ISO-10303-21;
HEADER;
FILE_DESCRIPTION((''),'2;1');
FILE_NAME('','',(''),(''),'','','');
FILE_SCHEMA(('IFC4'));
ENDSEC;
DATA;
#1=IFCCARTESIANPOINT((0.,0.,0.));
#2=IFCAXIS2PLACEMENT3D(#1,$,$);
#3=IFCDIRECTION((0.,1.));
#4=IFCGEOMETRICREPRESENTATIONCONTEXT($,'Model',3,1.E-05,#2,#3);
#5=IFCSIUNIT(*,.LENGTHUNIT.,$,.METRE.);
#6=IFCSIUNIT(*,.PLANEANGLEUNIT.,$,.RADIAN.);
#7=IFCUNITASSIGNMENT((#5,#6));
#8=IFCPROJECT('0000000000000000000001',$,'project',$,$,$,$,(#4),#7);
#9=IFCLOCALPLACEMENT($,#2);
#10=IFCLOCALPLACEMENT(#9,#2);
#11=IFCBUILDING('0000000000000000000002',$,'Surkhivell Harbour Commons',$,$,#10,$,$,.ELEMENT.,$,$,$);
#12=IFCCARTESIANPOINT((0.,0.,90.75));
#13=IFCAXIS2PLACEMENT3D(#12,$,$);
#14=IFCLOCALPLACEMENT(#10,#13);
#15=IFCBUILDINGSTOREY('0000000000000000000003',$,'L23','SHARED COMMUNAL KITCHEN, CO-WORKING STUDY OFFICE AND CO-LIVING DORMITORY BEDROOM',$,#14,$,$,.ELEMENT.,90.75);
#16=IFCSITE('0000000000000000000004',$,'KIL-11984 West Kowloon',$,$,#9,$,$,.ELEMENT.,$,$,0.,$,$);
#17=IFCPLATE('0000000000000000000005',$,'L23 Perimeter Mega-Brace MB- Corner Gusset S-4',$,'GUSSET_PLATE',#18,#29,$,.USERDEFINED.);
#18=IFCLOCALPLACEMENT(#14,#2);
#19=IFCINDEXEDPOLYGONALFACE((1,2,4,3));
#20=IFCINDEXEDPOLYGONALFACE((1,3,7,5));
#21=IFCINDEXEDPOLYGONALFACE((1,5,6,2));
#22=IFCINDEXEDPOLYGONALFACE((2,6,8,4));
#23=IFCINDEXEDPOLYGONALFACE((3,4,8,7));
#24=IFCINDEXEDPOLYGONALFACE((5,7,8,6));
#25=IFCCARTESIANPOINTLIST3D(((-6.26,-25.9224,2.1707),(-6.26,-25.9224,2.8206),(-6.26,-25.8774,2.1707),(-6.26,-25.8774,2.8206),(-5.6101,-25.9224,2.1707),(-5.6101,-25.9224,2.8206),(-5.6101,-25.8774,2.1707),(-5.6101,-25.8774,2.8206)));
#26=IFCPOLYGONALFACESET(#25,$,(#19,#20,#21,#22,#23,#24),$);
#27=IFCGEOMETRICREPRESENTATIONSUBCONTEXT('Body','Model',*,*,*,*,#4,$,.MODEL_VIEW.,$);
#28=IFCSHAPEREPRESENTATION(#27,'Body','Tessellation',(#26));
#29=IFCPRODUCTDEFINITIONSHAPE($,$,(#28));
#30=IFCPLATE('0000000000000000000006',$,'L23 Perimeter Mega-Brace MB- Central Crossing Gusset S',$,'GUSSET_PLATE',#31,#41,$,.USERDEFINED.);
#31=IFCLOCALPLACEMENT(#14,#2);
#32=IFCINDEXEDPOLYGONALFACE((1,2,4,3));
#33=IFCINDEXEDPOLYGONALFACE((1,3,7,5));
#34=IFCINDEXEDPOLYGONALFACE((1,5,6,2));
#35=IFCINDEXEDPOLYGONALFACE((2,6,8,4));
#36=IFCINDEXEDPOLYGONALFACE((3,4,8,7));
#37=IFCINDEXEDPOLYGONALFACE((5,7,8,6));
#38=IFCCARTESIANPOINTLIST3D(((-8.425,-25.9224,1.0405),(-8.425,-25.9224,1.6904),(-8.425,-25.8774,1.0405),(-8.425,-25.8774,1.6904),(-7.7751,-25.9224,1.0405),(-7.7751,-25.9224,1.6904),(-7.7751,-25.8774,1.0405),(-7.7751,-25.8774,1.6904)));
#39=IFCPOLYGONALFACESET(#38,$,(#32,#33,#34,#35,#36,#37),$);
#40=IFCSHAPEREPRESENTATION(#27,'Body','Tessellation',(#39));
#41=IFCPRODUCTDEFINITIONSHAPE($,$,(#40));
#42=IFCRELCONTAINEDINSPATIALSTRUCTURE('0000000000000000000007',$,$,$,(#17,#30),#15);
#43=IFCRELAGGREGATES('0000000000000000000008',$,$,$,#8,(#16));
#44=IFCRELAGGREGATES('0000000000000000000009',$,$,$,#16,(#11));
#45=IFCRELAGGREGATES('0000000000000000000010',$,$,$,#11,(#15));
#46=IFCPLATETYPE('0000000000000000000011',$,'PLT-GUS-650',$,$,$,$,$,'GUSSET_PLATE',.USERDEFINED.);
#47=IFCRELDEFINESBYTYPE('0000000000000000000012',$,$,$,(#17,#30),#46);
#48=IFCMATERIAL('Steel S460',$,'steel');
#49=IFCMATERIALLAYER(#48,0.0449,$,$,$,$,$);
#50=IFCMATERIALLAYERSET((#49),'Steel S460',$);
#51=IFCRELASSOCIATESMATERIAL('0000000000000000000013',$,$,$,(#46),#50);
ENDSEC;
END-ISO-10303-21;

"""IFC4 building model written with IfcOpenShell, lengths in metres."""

from ifc_helpers import new_model, si_unit, direction, frame, origin, origin_2d, place, context, subcontext, project, spatial, rectangle, extrude, material, layer, layer_set, type_object, element, save


model = new_model("IFC4")

# Units and contexts
model_context = context("Model", 3, precision=1e-05, world=origin(), true_north=direction((0.0, 1.0)))
body_context = subcontext(model_context, "Body", "Model", "MODEL_VIEW")
ifc_project = project(units=[si_unit("LENGTHUNIT", "METRE"), si_unit("PLANEANGLEUNIT", "RADIAN")], contexts=[model_context])

# Site, building, storey
site_placement = place(None, origin())
site = spatial("IfcSite", under=ifc_project, at=site_placement, Name="KIL-11984 West Kowloon", CompositionType="ELEMENT", RefElevation=0.0)
building_placement = place(site_placement, origin())
building = spatial("IfcBuilding", under=site, at=building_placement, Name="Surkhivell Harbour Commons", CompositionType="ELEMENT")
storey_placement = place(building_placement, frame((0.0, 0.0, 90.75)))
storey = spatial("IfcBuildingStorey", under=building, at=storey_placement, Name="L23", Description="SHARED COMMUNAL KITCHEN, CO-WORKING STUDY OFFICE AND CO-LIVING DORMITORY BEDROOM", CompositionType="ELEMENT", Elevation=90.75)

# Shared definitions
ifc_material_1 = material(Name="Steel S460", Category="steel")

# Plates
ifc_layer_1 = layer(ifc_material_1, 0.0449)
ifc_layer_set_1 = layer_set([ifc_layer_1], Name="Steel S460")
plate_type_1 = type_object("IfcPlateType", Name="PLT-GUS-650", ElementType="GUSSET_PLATE", PredefinedType="USERDEFINED", material=ifc_layer_set_1)
for number, where, z_axis, x_axis, name in (
    (1, (-5.9351, -25.8999, 2.1707), (0.0, 0.0, 1.0), (1.0, 0.0, 0.0), "L23 Perimeter Mega-Brace MB- Corner Gusset S-4"),
    (2, (-8.1001, -25.8999, 1.0405), (0.0, 0.0, 1.0), (1.0, 0.0, 0.0), "L23 Perimeter Mega-Brace MB- Central Crossing Gusset S"),
):
    element("IfcPlate", number, at=place(storey_placement, frame(where, z_axis=z_axis, x_axis=x_axis)), inside=storey, type_object=plate_type_1, Name=name, ObjectType="GUSSET_PLATE", PredefinedType="USERDEFINED", context=body_context, shape_type="SweptSolid", body=[
        extrude(rectangle(XDim=0.6499, YDim=0.0449, at=origin_2d()), origin(), (0.0, 0.0, 1.0), 0.6499),
    ])

save(model, "model.ifc")
